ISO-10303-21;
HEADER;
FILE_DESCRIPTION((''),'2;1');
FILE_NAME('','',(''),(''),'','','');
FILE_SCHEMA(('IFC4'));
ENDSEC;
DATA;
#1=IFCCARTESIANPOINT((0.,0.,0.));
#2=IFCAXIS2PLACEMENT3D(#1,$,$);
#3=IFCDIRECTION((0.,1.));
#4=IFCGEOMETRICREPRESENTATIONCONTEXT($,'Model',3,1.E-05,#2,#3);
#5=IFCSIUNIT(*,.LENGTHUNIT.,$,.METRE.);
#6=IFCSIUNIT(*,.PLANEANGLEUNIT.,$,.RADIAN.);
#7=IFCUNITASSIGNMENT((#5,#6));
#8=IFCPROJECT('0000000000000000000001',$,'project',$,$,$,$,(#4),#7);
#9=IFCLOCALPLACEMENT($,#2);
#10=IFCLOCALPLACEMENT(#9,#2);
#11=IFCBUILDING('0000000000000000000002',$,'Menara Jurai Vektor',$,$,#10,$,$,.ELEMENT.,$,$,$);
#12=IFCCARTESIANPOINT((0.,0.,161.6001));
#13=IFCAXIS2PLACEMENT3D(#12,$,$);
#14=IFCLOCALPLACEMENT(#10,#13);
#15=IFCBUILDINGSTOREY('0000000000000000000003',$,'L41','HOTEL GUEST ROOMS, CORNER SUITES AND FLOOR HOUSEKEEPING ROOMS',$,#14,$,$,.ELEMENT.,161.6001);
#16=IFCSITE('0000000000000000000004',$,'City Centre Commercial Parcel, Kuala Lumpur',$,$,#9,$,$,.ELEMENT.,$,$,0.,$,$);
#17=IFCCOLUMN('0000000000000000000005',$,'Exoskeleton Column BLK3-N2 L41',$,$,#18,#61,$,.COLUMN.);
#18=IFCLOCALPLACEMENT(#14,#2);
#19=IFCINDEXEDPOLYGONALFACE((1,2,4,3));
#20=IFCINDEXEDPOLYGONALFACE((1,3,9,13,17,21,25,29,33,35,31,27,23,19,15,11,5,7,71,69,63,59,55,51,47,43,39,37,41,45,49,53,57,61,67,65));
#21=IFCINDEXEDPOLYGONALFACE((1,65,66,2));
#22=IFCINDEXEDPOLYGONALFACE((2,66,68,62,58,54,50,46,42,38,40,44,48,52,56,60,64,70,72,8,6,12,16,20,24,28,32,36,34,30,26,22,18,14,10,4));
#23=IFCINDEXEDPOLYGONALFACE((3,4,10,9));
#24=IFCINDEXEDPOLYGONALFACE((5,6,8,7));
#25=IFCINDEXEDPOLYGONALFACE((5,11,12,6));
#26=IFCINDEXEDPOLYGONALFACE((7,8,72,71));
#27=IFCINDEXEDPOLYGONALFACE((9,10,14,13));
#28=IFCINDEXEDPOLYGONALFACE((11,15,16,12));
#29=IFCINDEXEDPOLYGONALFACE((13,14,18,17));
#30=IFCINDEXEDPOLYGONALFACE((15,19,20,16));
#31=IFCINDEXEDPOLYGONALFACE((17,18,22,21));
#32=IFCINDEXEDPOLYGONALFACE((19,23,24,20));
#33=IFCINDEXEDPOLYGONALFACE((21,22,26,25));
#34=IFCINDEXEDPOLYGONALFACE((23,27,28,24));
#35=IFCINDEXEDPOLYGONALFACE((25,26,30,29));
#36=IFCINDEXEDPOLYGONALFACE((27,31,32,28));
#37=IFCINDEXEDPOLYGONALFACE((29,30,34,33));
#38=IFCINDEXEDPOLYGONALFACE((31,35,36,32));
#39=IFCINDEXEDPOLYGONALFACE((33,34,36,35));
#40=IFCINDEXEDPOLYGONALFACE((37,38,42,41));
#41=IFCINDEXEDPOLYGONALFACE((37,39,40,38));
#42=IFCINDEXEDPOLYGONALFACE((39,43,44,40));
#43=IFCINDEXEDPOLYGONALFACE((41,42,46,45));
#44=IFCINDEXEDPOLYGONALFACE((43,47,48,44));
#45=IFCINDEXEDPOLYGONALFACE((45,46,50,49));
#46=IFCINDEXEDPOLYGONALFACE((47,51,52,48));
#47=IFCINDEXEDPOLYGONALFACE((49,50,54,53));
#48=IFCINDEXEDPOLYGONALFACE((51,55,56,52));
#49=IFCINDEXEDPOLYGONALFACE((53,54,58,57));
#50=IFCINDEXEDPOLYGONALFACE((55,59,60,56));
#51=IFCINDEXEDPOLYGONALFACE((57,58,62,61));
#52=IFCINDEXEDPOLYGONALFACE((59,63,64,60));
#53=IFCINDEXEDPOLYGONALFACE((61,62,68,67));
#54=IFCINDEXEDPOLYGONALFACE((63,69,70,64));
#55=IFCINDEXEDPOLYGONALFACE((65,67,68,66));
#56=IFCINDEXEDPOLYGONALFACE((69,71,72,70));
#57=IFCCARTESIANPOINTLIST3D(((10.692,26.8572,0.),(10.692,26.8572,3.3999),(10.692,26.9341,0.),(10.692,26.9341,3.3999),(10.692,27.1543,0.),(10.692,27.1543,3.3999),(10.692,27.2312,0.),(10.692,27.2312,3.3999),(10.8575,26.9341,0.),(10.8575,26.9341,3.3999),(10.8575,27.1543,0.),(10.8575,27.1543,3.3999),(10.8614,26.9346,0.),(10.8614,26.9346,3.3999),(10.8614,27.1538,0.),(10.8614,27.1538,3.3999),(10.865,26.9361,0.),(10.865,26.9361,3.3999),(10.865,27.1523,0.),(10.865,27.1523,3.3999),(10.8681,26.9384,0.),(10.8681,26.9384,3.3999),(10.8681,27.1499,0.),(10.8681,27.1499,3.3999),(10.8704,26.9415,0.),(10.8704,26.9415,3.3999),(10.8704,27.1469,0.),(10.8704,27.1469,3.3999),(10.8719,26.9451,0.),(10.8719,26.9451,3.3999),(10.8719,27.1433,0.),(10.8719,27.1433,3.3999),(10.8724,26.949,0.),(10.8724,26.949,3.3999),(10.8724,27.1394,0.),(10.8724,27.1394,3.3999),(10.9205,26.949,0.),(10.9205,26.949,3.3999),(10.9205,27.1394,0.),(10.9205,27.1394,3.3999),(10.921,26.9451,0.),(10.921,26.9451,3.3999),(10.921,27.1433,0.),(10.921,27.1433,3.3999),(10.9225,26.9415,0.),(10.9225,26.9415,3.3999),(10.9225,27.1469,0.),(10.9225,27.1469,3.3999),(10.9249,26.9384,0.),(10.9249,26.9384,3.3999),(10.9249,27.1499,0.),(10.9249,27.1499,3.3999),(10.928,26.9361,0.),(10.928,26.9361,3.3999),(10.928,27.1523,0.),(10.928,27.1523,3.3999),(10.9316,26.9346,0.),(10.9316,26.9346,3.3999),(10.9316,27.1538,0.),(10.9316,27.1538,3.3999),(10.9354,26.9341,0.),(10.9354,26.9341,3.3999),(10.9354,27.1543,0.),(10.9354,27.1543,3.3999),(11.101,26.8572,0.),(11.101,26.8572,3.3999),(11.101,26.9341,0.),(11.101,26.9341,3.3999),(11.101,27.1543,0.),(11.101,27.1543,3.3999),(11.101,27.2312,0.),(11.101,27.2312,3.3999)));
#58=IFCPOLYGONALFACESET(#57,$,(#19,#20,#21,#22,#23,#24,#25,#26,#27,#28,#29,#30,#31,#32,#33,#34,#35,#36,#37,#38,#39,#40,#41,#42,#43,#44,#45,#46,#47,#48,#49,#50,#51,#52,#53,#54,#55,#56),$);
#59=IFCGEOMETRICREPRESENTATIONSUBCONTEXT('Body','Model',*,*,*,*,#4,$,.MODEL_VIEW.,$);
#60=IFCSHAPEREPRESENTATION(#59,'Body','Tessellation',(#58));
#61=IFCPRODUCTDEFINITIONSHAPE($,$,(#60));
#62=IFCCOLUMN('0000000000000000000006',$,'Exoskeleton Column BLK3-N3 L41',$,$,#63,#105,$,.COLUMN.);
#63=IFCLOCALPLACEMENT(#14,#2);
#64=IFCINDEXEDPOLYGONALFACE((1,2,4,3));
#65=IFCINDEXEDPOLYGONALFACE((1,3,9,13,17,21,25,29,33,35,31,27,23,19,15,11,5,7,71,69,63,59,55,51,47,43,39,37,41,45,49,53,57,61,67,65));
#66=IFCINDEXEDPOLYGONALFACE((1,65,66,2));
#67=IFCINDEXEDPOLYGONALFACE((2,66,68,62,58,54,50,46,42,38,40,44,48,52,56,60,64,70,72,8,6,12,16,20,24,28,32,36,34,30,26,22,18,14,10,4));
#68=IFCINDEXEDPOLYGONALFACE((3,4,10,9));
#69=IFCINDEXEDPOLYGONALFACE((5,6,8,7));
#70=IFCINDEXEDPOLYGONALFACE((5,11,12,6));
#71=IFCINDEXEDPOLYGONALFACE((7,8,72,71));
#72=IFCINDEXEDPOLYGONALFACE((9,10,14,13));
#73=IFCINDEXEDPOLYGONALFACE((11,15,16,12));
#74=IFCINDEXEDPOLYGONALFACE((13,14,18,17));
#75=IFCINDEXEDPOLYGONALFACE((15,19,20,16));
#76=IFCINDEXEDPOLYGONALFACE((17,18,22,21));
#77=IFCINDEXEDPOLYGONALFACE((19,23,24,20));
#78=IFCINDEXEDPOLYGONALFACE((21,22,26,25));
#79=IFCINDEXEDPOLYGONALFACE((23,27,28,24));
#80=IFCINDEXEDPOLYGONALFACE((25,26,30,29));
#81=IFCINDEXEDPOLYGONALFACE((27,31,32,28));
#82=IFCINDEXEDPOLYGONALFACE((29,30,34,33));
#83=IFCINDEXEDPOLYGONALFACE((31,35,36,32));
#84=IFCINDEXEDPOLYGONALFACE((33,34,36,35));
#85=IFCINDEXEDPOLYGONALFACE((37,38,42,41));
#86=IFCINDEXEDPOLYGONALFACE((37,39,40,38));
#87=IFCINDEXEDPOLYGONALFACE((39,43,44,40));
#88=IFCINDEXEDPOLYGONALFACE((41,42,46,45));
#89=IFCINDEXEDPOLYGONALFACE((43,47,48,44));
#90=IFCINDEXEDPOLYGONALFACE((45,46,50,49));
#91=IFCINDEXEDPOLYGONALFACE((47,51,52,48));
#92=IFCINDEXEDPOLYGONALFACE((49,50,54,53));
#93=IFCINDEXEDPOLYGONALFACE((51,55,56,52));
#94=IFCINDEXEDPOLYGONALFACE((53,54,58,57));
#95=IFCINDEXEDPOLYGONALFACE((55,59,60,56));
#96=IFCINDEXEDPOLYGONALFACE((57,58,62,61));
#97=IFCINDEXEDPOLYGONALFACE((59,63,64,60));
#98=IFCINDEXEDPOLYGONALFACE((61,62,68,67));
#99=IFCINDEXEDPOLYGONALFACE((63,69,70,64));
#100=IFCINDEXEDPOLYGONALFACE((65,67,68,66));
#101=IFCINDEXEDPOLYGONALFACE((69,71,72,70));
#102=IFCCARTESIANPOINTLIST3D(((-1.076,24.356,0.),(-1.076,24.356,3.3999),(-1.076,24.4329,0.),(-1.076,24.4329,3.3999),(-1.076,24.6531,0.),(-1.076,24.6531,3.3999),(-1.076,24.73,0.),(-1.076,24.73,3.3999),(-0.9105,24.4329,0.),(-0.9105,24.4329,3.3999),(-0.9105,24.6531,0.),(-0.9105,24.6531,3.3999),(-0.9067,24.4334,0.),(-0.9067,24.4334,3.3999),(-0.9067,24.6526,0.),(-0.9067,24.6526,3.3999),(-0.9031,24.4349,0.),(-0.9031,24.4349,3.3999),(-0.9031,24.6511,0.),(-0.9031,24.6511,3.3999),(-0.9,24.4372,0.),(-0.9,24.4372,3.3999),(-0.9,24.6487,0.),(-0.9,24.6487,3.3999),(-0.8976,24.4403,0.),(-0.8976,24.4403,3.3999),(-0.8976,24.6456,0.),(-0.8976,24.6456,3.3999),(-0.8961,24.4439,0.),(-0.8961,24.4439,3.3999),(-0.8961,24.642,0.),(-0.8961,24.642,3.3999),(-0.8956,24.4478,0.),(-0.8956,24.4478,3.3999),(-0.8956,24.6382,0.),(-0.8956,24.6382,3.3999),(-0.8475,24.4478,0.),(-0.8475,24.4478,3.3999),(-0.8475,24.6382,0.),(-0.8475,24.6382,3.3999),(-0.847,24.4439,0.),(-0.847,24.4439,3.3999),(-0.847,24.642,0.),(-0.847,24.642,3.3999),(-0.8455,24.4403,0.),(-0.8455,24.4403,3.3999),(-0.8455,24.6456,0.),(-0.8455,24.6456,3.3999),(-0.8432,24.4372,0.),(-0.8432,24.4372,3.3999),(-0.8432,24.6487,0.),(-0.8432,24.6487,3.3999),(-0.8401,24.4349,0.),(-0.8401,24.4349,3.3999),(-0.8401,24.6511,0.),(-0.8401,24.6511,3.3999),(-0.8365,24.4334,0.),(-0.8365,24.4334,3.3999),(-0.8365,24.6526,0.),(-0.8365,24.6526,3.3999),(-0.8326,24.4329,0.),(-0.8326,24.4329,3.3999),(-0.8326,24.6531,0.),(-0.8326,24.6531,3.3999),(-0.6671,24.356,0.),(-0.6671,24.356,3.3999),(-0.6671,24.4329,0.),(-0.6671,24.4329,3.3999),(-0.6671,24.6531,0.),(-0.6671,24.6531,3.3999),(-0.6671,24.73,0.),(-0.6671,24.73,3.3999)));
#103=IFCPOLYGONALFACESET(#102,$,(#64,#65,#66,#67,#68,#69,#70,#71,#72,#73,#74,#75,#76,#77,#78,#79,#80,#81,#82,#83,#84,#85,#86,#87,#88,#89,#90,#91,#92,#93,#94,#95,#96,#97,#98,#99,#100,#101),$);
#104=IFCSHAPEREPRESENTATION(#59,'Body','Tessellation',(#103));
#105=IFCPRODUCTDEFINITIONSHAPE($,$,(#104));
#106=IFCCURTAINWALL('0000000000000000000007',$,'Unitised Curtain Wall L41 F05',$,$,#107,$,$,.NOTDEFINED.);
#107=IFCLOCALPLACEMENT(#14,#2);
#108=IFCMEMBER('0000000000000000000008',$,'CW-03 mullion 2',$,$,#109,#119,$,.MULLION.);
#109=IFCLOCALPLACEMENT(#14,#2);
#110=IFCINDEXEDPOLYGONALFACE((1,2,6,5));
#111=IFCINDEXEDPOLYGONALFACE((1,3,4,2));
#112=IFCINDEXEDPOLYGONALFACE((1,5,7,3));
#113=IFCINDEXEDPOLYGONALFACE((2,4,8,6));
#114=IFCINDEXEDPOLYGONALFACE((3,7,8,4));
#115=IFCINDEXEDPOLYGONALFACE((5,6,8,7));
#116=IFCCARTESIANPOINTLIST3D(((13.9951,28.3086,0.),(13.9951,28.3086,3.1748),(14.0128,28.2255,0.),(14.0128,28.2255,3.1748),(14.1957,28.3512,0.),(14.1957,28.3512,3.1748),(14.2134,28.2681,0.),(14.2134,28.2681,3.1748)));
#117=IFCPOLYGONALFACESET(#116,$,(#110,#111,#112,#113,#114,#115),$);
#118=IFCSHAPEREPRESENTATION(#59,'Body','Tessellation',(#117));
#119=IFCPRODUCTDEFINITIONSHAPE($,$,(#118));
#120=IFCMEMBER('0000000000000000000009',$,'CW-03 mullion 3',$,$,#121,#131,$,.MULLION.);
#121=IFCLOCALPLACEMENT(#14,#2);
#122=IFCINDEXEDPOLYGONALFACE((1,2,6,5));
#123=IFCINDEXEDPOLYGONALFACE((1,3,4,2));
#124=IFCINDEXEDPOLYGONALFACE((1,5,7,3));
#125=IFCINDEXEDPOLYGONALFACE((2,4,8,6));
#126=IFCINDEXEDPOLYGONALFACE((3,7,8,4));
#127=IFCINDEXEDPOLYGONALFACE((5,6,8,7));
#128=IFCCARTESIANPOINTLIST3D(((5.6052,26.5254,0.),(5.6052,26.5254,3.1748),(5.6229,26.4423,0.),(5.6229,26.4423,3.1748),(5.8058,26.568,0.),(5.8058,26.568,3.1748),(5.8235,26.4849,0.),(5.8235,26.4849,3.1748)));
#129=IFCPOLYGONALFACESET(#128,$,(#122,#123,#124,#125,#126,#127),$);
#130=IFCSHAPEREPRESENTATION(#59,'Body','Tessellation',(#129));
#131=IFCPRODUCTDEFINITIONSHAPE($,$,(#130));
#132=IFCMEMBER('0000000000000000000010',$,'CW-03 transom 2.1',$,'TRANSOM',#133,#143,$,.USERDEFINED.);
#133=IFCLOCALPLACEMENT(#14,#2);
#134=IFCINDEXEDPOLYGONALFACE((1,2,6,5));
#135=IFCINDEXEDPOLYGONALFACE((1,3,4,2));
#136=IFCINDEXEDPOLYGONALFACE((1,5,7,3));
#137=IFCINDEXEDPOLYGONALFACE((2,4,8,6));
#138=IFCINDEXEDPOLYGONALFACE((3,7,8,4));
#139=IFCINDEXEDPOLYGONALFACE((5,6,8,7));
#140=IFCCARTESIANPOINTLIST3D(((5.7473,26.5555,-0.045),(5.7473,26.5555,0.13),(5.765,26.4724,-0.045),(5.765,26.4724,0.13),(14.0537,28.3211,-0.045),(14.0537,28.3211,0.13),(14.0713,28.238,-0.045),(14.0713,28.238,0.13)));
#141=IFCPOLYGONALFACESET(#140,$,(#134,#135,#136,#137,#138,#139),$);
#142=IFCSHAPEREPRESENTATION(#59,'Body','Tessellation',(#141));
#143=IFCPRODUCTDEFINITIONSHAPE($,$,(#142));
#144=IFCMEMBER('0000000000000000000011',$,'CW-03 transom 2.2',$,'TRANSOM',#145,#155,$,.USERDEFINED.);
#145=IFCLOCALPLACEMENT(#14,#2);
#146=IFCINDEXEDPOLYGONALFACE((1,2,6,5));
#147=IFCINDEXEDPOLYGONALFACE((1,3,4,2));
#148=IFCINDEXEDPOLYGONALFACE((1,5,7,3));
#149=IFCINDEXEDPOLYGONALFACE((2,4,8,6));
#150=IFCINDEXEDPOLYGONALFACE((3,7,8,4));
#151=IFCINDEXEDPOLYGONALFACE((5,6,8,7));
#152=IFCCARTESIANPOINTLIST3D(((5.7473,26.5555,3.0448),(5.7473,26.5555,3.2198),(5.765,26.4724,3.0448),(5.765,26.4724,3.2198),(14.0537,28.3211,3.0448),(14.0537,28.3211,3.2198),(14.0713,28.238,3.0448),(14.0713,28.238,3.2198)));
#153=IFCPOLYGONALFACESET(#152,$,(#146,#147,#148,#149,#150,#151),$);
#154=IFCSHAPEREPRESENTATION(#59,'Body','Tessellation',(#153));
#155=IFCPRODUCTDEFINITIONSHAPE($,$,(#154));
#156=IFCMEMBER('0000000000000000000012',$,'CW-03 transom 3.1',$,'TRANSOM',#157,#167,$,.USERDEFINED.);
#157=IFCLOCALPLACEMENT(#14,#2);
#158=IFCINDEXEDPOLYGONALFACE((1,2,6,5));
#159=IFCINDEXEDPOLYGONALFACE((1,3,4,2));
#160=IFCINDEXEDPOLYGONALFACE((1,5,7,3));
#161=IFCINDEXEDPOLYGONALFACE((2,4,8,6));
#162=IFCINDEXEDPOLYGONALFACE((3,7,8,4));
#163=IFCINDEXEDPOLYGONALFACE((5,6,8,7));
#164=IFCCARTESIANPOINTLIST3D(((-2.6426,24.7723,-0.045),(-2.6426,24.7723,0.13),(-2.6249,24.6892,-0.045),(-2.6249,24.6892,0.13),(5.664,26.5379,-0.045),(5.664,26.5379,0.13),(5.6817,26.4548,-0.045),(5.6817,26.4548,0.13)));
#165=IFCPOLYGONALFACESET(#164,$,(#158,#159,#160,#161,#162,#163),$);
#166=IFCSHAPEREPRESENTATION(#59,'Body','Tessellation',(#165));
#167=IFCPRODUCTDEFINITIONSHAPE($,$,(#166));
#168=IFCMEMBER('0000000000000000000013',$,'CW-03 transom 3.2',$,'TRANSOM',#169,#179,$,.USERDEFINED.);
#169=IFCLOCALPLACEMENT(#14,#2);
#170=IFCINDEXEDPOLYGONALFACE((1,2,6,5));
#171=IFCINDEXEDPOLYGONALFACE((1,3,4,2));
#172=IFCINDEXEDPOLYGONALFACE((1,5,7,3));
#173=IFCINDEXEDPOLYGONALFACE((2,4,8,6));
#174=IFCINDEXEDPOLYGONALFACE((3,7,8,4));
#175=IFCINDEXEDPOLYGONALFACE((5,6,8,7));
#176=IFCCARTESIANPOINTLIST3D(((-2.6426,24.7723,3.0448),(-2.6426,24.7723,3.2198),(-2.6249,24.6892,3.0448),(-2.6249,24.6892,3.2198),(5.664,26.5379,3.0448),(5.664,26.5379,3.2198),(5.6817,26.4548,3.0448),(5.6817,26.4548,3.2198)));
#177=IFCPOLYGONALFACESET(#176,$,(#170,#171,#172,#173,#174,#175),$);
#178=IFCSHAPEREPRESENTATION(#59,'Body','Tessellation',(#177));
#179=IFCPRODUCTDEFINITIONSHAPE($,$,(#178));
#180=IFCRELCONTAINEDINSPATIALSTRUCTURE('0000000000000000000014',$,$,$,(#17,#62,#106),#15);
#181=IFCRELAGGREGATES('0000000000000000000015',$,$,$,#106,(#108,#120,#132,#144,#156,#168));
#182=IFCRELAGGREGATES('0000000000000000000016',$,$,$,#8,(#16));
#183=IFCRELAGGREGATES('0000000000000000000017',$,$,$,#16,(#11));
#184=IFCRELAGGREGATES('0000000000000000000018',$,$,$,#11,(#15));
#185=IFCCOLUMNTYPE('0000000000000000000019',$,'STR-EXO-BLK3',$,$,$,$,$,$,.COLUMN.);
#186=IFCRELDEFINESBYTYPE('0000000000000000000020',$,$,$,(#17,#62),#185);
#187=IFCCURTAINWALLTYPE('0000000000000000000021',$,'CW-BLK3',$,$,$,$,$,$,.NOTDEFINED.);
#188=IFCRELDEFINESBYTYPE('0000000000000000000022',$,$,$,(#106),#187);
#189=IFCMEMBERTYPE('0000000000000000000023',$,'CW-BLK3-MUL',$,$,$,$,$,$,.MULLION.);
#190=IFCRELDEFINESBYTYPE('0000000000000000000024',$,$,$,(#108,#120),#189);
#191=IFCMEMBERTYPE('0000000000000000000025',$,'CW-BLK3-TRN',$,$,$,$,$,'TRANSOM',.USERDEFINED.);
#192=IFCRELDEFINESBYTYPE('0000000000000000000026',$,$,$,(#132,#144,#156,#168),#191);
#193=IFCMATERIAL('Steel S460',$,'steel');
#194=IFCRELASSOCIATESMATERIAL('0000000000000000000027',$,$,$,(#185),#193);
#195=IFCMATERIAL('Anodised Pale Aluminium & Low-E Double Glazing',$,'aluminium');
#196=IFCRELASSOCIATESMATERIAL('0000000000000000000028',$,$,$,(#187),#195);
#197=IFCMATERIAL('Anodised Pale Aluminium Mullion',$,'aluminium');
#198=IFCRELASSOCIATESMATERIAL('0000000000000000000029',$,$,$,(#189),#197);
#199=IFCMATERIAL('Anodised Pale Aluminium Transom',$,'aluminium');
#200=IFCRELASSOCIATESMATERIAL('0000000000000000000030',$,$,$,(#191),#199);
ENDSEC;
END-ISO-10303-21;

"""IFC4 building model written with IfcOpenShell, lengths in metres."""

from ifc_helpers import new_model, si_unit, direction, frame, origin, origin_2d, place, context, subcontext, project, spatial, rectangle, i_section, extrude, material, material_profile, profile_set, type_object, element, aggregate, save


model = new_model("IFC4")

# Units and contexts
model_context = context("Model", 3, precision=1e-05, world=origin(), true_north=direction((0.0, 1.0)))
body_context = subcontext(model_context, "Body", "Model", "MODEL_VIEW")
ifc_project = project(units=[si_unit("LENGTHUNIT", "METRE"), si_unit("PLANEANGLEUNIT", "RADIAN")], contexts=[model_context])

# Site, building, storey
site_placement = place(None, origin())
site = spatial("IfcSite", under=ifc_project, at=site_placement, Name="City Centre Commercial Parcel, Kuala Lumpur", CompositionType="ELEMENT", RefElevation=0.0)
building_placement = place(site_placement, origin())
building = spatial("IfcBuilding", under=site, at=building_placement, Name="Menara Jurai Vektor", CompositionType="ELEMENT")
storey_placement = place(building_placement, frame((0.0, 0.0, 161.6001)))
storey = spatial("IfcBuildingStorey", under=building, at=storey_placement, Name="L41", Description="HOTEL GUEST ROOMS, CORNER SUITES AND FLOOR HOUSEKEEPING ROOMS", CompositionType="ELEMENT", Elevation=161.6001)

# Columns
ifc_material_1 = material(Name="Steel S460", Category="steel")
ifc_material_profile_1 = material_profile(ifc_material_1, i_section(OverallWidth=0.4089, OverallDepth=0.374, WebThickness=0.0481, FlangeThickness=0.0769, FilletRadius=0.0149, at=origin_2d()), Name="HD 400x634")
ifc_profile_set_1 = profile_set([ifc_material_profile_1], Name="Steel S460")
column_type = type_object("IfcColumnType", Name="STR-EXO-BLK3", PredefinedType="COLUMN", material=ifc_profile_set_1)
for number, where, z_axis, x_axis, name in (
    (1, (10.8965, 27.0442, 0.0), (0.0, 0.0, 1.0), (1.0, 0.0, 0.0), "Exoskeleton Column BLK3-N2 L41"),
    (2, (-0.8716, 24.543, 0.0), (0.0, 0.0, 1.0), (1.0, 0.0, 0.0), "Exoskeleton Column BLK3-N3 L41"),
):
    element("IfcColumn", number, at=place(storey_placement, frame(where, z_axis=z_axis, x_axis=x_axis)), inside=storey, type_object=column_type, Name=name, PredefinedType="COLUMN", context=body_context, shape_type="SweptSolid", body=[
        extrude(i_section(OverallWidth=0.4089, OverallDepth=0.374, WebThickness=0.0481, FlangeThickness=0.0769, FilletRadius=0.0149, at=origin_2d()), origin(), (0.0, 0.0, 1.0), 3.3999),
    ])

# Curtain wall, members
ifc_material_2 = material(Name="Anodised Pale Aluminium & Low-E Double Glazing", Category="aluminium")
curtain_wall_type = type_object("IfcCurtainWallType", Name="CW-BLK3", PredefinedType="NOTDEFINED", material=ifc_material_2)
curtain_wall_placement = place(storey_placement, origin())
curtain_wall = element("IfcCurtainWall", 3, at=curtain_wall_placement, inside=storey, type_object=curtain_wall_type, Name="Unitised Curtain Wall L41 F05", PredefinedType="NOTDEFINED")
ifc_material_3 = material(Name="Anodised Pale Aluminium Mullion", Category="aluminium")
ifc_material_profile_2 = material_profile(ifc_material_3, rectangle(XDim=0.085, YDim=0.2051, at=origin_2d()), Name="ALU MUL 85x205")
ifc_profile_set_2 = profile_set([ifc_material_profile_2], Name="Anodised Pale Aluminium Mullion")
member_type_1 = type_object("IfcMemberType", Name="CW-BLK3-MUL", PredefinedType="MULLION", material=ifc_profile_set_2)
member_1_placement = place(storey_placement, frame((14.1042, 28.2883, 0.0), z_axis=(0.0, 0.0, 1.0), x_axis=(0.207911, -0.978148, 0.0)))
member_1 = element("IfcMember", 4, at=member_1_placement, type_object=member_type_1, Name="CW-03 mullion 2", PredefinedType="MULLION", context=body_context, shape_type="SweptSolid", body=[
    extrude(rectangle(XDim=0.085, YDim=0.2051, at=origin_2d()), origin(), (0.0, 0.0, 1.0), 3.1748),
])
member_2_placement = place(storey_placement, frame((5.7144, 26.5051, 0.0), z_axis=(0.0, 0.0, 1.0), x_axis=(0.207911, -0.978148, 0.0)))
member_2 = element("IfcMember", 5, at=member_2_placement, type_object=member_type_1, Name="CW-03 mullion 3", PredefinedType="MULLION", context=body_context, shape_type="SweptSolid", body=[
    extrude(rectangle(XDim=0.085, YDim=0.2051, at=origin_2d()), origin(), (0.0, 0.0, 1.0), 3.1748),
])
ifc_material_4 = material(Name="Anodised Pale Aluminium Transom", Category="aluminium")
ifc_material_profile_3 = material_profile(ifc_material_4, rectangle(XDim=0.085, YDim=0.175, at=origin_2d()), Name="ALU TRN 85x175")
ifc_profile_set_3 = profile_set([ifc_material_profile_3], Name="Anodised Pale Aluminium Transom")
member_type_2 = type_object("IfcMemberType", Name="CW-BLK3-TRN", ElementType="TRANSOM", PredefinedType="USERDEFINED", material=ifc_profile_set_3)
member_3_placement = place(storey_placement, frame((14.0625, 28.2795, 0.0425), z_axis=(-0.978147, -0.207917, 0.0), x_axis=(0.207917, -0.978147, 0.0)))
member_3 = element("IfcMember", 6, at=member_3_placement, type_object=member_type_2, Name="CW-03 transom 2.1", ObjectType="TRANSOM", PredefinedType="USERDEFINED", context=body_context, shape_type="SweptSolid", body=[
    extrude(rectangle(XDim=0.085, YDim=0.175, at=origin_2d()), origin(), (0.0, 0.0, 1.0), 8.4919),
])
member_4_placement = place(storey_placement, frame((14.0625, 28.2795, 3.1323), z_axis=(-0.978147, -0.207917, 0.0), x_axis=(0.207917, -0.978147, 0.0)))
member_4 = element("IfcMember", 7, at=member_4_placement, type_object=member_type_2, Name="CW-03 transom 2.2", ObjectType="TRANSOM", PredefinedType="USERDEFINED", context=body_context, shape_type="SweptSolid", body=[
    extrude(rectangle(XDim=0.085, YDim=0.175, at=origin_2d()), origin(), (0.0, 0.0, 1.0), 8.4919),
])
member_5_placement = place(storey_placement, frame((5.6729, 26.4963, 0.0425), z_axis=(-0.978148, -0.207911, 0.0), x_axis=(0.207911, -0.978148, 0.0)))
member_5 = element("IfcMember", 8, at=member_5_placement, type_object=member_type_2, Name="CW-03 transom 3.1", ObjectType="TRANSOM", PredefinedType="USERDEFINED", context=body_context, shape_type="SweptSolid", body=[
    extrude(rectangle(XDim=0.085, YDim=0.175, at=origin_2d()), origin(), (0.0, 0.0, 1.0), 8.4922),
])
member_6_placement = place(storey_placement, frame((5.6729, 26.4963, 3.1323), z_axis=(-0.978148, -0.207911, 0.0), x_axis=(0.207911, -0.978148, 0.0)))
member_6 = element("IfcMember", 9, at=member_6_placement, type_object=member_type_2, Name="CW-03 transom 3.2", ObjectType="TRANSOM", PredefinedType="USERDEFINED", context=body_context, shape_type="SweptSolid", body=[
    extrude(rectangle(XDim=0.085, YDim=0.175, at=origin_2d()), origin(), (0.0, 0.0, 1.0), 8.4922),
])

aggregate(curtain_wall, [member_1, member_2, member_3, member_4, member_5, member_6])

save(model, "model.ifc")
